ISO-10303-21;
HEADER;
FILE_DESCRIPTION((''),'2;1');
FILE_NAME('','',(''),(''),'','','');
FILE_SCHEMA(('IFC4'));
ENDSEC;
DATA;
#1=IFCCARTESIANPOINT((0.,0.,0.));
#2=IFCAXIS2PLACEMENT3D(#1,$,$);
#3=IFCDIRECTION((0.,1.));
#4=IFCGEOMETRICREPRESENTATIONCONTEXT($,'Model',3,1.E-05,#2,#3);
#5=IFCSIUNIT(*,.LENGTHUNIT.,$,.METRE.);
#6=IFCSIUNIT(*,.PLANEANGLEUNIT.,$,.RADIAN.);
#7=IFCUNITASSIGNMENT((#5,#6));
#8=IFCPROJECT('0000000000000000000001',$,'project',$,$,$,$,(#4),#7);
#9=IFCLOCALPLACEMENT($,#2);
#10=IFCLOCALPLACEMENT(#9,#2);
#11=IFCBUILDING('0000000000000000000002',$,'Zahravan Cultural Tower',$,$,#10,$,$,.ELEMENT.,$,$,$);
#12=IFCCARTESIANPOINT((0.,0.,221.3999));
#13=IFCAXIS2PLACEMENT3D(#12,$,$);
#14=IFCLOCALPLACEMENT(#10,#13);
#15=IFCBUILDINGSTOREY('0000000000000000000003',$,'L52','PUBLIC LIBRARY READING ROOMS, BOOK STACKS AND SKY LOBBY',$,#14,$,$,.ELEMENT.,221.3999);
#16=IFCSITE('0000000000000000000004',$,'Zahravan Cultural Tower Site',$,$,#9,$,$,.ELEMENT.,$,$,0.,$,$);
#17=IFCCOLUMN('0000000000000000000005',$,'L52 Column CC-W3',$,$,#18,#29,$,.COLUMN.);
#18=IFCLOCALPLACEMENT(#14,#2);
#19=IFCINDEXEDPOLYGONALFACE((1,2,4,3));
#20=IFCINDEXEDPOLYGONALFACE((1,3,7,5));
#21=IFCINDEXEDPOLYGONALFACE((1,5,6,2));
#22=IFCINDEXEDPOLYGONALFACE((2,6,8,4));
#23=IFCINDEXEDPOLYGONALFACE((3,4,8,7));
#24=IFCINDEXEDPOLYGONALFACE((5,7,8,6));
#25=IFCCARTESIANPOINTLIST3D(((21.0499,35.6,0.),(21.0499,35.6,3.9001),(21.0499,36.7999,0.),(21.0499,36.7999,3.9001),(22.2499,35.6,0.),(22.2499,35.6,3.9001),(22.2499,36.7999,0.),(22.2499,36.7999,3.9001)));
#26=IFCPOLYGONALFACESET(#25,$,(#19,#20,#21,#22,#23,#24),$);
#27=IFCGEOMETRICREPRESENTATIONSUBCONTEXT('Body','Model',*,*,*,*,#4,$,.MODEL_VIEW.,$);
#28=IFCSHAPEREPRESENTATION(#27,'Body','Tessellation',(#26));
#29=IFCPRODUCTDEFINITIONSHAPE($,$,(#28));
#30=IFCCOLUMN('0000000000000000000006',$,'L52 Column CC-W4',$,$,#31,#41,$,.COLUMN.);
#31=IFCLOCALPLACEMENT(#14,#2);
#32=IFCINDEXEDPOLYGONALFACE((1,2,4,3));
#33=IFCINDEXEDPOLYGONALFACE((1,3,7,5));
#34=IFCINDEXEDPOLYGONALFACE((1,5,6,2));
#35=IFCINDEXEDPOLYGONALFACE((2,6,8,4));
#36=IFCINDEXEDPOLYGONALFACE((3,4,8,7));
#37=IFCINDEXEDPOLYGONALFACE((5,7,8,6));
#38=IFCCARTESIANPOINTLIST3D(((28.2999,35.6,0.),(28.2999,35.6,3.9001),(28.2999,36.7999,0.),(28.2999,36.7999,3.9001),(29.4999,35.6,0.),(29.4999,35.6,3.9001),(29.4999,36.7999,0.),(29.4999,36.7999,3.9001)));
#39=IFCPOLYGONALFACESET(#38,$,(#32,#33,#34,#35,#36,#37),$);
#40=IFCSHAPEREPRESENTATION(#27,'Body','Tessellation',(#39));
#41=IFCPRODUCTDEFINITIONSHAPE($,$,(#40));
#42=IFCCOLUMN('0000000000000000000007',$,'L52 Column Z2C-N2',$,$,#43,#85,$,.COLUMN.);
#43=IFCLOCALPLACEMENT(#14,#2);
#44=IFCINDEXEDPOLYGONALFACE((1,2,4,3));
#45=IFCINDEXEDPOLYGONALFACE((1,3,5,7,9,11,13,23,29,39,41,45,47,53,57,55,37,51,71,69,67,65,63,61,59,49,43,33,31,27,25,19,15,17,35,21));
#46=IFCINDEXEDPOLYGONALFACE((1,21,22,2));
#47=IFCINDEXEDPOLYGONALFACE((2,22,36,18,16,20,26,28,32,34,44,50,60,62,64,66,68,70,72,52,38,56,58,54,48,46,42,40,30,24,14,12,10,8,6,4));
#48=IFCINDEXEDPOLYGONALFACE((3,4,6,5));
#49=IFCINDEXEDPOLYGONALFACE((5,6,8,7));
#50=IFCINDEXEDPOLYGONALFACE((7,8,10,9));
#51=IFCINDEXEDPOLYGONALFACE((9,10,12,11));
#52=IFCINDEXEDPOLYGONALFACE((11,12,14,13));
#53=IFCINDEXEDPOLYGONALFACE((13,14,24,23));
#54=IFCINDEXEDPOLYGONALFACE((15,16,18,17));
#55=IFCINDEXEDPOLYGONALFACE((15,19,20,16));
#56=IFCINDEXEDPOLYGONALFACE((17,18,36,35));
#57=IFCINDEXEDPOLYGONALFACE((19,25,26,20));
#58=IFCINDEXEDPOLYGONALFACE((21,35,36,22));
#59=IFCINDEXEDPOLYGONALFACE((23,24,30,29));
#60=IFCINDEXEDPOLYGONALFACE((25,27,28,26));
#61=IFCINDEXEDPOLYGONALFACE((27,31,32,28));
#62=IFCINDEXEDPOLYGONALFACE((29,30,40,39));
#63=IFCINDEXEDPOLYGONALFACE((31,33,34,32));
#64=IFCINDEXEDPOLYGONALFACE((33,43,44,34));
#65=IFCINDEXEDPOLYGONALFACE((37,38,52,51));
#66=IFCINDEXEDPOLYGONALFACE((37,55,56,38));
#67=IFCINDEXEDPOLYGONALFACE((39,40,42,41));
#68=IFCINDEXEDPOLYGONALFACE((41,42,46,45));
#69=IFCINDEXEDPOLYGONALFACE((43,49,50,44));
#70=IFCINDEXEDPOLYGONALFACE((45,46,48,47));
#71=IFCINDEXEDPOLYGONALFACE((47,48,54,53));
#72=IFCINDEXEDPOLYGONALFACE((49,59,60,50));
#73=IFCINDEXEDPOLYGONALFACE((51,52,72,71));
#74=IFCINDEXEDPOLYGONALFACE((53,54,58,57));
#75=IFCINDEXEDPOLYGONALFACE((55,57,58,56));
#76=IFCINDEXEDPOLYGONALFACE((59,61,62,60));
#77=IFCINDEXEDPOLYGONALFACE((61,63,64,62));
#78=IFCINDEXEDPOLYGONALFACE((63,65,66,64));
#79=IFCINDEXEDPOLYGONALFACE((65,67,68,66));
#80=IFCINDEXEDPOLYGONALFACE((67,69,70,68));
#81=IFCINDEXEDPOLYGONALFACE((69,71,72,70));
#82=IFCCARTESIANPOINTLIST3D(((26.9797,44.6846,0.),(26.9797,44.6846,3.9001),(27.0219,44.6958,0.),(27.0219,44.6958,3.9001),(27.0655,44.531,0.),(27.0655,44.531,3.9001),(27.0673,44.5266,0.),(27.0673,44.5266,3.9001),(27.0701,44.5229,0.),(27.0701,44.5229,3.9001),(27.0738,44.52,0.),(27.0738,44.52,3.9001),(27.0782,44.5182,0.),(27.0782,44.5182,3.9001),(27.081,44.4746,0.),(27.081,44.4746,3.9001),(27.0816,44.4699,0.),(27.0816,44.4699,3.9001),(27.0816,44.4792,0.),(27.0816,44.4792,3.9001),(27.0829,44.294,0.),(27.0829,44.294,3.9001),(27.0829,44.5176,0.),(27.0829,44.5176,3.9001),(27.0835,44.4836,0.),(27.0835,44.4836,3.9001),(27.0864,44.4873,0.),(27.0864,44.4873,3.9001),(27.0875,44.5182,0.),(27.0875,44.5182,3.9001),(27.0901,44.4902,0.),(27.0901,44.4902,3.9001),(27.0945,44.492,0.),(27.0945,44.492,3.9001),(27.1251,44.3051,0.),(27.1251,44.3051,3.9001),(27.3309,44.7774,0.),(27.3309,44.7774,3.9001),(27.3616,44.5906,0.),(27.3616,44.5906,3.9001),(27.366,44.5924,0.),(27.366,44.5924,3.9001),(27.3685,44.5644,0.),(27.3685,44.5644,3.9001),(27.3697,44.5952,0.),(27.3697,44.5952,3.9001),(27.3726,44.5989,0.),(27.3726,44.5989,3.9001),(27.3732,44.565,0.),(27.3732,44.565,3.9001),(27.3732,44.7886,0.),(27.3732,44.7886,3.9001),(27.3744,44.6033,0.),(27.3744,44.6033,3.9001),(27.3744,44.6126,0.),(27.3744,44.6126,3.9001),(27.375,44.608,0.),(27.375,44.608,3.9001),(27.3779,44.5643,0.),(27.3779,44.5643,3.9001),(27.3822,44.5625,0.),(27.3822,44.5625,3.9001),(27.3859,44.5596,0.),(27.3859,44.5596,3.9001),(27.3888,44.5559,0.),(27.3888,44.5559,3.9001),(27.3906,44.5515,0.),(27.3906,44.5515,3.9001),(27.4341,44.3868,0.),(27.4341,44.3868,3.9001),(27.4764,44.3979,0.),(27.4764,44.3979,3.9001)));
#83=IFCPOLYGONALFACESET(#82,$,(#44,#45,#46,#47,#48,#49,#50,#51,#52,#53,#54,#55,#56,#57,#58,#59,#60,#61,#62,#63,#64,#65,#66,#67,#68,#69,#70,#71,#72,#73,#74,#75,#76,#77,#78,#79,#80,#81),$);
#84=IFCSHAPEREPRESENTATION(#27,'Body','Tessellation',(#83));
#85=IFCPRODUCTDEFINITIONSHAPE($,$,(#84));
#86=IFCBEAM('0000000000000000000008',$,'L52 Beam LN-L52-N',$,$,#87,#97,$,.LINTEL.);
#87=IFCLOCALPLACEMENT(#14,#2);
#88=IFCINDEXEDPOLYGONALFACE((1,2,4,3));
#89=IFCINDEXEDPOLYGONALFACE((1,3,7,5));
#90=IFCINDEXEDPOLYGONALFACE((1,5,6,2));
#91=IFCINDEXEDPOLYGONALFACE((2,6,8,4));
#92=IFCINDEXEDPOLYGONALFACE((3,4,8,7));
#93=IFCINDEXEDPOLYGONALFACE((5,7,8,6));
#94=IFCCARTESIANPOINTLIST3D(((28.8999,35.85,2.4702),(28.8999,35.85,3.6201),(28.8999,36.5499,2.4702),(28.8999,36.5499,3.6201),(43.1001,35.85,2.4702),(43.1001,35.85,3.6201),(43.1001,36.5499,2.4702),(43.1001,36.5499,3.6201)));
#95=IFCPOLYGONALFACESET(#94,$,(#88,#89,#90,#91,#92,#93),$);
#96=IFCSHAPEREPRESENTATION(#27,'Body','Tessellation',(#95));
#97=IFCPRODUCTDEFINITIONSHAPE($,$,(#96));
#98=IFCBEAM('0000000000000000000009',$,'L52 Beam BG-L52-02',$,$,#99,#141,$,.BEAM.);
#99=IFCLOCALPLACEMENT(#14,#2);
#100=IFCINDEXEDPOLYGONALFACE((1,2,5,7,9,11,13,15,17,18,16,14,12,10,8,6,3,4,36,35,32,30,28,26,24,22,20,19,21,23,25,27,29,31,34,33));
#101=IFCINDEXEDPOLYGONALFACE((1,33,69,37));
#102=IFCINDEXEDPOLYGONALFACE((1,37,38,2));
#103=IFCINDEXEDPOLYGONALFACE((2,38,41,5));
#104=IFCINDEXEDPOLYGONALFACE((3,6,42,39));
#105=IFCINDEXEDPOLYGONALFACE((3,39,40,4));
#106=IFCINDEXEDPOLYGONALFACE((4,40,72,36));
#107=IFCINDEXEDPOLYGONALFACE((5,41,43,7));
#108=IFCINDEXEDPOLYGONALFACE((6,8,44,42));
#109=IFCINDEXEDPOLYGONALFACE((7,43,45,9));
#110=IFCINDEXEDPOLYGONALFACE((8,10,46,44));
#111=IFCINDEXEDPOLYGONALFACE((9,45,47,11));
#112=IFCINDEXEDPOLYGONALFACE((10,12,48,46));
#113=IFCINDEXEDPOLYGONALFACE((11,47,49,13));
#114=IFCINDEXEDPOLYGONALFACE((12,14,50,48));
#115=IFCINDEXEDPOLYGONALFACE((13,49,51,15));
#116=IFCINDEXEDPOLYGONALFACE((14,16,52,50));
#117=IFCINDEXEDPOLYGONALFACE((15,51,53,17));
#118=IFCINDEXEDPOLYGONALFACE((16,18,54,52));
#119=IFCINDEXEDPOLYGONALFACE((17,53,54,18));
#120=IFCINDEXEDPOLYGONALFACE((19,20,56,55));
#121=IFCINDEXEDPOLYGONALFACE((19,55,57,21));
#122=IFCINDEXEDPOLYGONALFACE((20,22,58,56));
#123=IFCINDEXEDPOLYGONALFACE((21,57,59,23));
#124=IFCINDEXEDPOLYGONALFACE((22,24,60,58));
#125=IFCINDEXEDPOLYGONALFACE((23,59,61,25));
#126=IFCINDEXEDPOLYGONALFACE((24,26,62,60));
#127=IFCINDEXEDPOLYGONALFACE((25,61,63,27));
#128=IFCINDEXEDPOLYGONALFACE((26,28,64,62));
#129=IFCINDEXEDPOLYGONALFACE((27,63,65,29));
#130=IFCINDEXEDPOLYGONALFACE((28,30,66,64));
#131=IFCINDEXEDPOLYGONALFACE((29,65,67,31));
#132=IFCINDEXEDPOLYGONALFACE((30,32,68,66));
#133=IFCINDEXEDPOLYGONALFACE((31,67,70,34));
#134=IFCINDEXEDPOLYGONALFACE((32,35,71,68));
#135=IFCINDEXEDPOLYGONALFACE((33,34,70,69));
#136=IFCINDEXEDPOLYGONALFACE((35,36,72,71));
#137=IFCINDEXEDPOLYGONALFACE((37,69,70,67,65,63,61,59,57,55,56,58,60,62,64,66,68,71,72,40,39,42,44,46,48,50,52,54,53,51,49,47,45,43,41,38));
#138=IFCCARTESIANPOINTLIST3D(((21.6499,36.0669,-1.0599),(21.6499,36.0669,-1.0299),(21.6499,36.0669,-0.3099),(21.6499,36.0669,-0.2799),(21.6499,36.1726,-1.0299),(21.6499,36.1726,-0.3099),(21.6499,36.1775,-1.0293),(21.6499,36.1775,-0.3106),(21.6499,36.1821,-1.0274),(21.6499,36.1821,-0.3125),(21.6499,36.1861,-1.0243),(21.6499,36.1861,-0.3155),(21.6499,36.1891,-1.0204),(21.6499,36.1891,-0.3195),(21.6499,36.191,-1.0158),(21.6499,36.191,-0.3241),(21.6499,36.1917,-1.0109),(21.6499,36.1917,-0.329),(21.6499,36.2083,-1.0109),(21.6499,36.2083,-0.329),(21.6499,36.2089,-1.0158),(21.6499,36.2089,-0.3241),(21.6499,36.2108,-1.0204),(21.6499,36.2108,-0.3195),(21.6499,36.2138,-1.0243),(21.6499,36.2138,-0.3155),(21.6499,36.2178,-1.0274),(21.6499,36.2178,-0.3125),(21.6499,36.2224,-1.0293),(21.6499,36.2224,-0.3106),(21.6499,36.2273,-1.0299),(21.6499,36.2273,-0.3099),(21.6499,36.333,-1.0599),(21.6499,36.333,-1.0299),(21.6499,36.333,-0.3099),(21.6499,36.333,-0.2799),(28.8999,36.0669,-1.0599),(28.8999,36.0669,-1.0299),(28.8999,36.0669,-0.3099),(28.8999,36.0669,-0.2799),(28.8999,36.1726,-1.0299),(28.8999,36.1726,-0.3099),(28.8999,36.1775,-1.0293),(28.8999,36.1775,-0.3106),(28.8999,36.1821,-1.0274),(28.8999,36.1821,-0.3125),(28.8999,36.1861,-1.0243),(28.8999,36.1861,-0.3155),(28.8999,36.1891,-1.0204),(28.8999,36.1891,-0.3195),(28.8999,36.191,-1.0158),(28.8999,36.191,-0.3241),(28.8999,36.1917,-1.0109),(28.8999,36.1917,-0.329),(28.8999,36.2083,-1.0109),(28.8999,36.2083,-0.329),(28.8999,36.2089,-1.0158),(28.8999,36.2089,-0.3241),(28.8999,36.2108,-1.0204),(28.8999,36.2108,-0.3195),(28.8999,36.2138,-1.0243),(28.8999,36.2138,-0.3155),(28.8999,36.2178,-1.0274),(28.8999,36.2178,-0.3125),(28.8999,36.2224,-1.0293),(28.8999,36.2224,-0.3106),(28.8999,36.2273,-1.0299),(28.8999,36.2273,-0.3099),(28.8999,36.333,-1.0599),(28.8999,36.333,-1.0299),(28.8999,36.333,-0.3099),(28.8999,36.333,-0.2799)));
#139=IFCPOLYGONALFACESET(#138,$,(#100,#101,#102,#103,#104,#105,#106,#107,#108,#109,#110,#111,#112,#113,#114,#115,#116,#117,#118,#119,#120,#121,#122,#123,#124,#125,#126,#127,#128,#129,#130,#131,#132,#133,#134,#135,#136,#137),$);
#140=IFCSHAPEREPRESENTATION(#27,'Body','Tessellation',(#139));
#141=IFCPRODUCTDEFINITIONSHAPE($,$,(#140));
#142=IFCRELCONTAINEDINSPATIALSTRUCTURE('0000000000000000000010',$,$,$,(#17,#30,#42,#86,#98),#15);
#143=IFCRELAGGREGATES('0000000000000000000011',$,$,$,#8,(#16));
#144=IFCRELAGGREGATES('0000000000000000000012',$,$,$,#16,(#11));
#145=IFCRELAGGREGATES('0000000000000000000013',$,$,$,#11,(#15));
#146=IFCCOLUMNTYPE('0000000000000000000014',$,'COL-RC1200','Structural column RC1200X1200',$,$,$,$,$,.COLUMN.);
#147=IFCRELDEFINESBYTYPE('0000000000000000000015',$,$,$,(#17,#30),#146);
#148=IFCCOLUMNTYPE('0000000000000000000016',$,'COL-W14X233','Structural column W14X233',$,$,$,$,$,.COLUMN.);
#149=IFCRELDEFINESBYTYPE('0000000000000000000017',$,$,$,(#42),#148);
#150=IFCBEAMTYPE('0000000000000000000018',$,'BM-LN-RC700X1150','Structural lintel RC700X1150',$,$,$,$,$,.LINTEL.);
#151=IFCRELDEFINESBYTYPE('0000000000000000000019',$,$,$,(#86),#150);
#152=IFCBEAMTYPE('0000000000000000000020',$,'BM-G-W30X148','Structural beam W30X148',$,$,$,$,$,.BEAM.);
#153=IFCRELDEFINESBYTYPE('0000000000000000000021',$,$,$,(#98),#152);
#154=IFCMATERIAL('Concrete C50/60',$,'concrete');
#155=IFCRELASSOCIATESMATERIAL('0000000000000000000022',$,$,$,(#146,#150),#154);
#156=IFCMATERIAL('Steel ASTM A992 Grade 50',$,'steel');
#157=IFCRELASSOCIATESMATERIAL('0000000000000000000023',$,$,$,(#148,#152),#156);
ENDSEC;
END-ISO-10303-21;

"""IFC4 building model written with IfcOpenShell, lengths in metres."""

from ifc_helpers import new_model, si_unit, direction, frame, origin, origin_2d, place, context, subcontext, project, spatial, rectangle, i_section, extrude, source, transform, mapped, material, material_profile, profile_set, type_object, element, save


model = new_model("IFC4")

# Units and contexts
model_context = context("Model", 3, precision=1e-05, world=origin(), true_north=direction((0.0, 1.0)))
body_context = subcontext(model_context, "Body", "Model", "MODEL_VIEW")
ifc_project = project(units=[si_unit("LENGTHUNIT", "METRE"), si_unit("PLANEANGLEUNIT", "RADIAN")], contexts=[model_context])

# Site, building, storey
site_placement = place(None, origin())
site = spatial("IfcSite", under=ifc_project, at=site_placement, Name="Zahravan Cultural Tower Site", CompositionType="ELEMENT", RefElevation=0.0)
building_placement = place(site_placement, origin())
building = spatial("IfcBuilding", under=site, at=building_placement, Name="Zahravan Cultural Tower", CompositionType="ELEMENT")
storey_placement = place(building_placement, frame((0.0, 0.0, 221.3999)))
storey = spatial("IfcBuildingStorey", under=building, at=storey_placement, Name="L52", Description="PUBLIC LIBRARY READING ROOMS, BOOK STACKS AND SKY LOBBY", CompositionType="ELEMENT", Elevation=221.3999)

# Columns
ifc_material_1 = material(Name="Concrete C50/60", Category="concrete")
ifc_material_profile_1 = material_profile(ifc_material_1, rectangle(XDim=1.2, YDim=1.2, at=origin_2d()), Name="RC1200X1200")
ifc_profile_set_1 = profile_set([ifc_material_profile_1], Name="Concrete C50/60")
column_type_1 = type_object("IfcColumnType", Name="COL-RC1200", Description="Structural column RC1200X1200", PredefinedType="COLUMN", material=ifc_profile_set_1)
shared_shape_1 = source(origin(), body_context, "Body", "SweptSolid", [
    extrude(rectangle(XDim=1.2, YDim=1.2, at=origin_2d()), origin(), (0.0, 0.0, 1.0), 3.9001),
])
for number, where, z_axis, x_axis, name in (
    (1, (21.6499, 36.2, 0.0), (0.0, 0.0, 1.0), (1.0, 0.0, 0.0), "L52 Column CC-W3"),
    (2, (28.8999, 36.2, 0.0), (0.0, 0.0, 1.0), (1.0, 0.0, 0.0), "L52 Column CC-W4"),
):
    element("IfcColumn", number, at=place(storey_placement, frame(where, z_axis=z_axis, x_axis=x_axis)), inside=storey, type_object=column_type_1, Name=name, PredefinedType="COLUMN", context=body_context, shape_type="MappedRepresentation", body=[
        mapped(shared_shape_1, transform((0.0, 0.0, 0.0), x_axis=(1.0, 0.0, 0.0), y_axis=(0.0, 1.0, 0.0), z_axis=(0.0, 0.0, 1.0), scale=1.0)),
    ])
ifc_material_2 = material(Name="Steel ASTM A992 Grade 50", Category="steel")
ifc_material_profile_2 = material_profile(ifc_material_2, i_section(OverallWidth=0.4041, OverallDepth=0.407, WebThickness=0.0271, FlangeThickness=0.0437, FilletRadius=0.0181, at=origin_2d()), Name="W14X233")
ifc_profile_set_2 = profile_set([ifc_material_profile_2], Name="Steel ASTM A992 Grade 50")
column_type_2 = type_object("IfcColumnType", Name="COL-W14X233", Description="Structural column W14X233", PredefinedType="COLUMN", material=ifc_profile_set_2)
shared_shape_2 = source(origin(), body_context, "Body", "SweptSolid", [
    extrude(i_section(OverallWidth=0.4041, OverallDepth=0.407, WebThickness=0.0271, FlangeThickness=0.0437, FilletRadius=0.0181, at=origin_2d()), origin(), (0.0, 0.0, 1.0), 3.9001),
])
column_placement = place(storey_placement, frame((27.228, 44.5413, 0.0), z_axis=(0.0, 0.0, 1.0), x_axis=(-0.255446, 0.966823, 0.0)))
element("IfcColumn", 3, at=column_placement, inside=storey, type_object=column_type_2, Name="L52 Column Z2C-N2", PredefinedType="COLUMN", context=body_context, shape_type="MappedRepresentation", body=[
    mapped(shared_shape_2, transform((0.0, 0.0, 0.0), x_axis=(1.0, 0.0, 0.0), y_axis=(0.0, 1.0, 0.0), z_axis=(0.0, 0.0, 1.0), scale=1.0)),
])

# Beams
ifc_material_profile_3 = material_profile(ifc_material_1, rectangle(XDim=0.7, YDim=1.1499, at=origin_2d()), Name="RC700X1150")
ifc_profile_set_3 = profile_set([ifc_material_profile_3], Name="Concrete C50/60")
beam_type_1 = type_object("IfcBeamType", Name="BM-LN-RC700X1150", Description="Structural lintel RC700X1150", PredefinedType="LINTEL", material=ifc_profile_set_3)
shared_shape_3 = source(origin(), body_context, "Body", "SweptSolid", [
    extrude(rectangle(XDim=0.7, YDim=1.1499, at=origin_2d()), origin(), (0.0, 0.0, 1.0), 14.2002),
])
beam_1_placement = place(storey_placement, frame((28.8999, 36.2, 3.0452), z_axis=(1.0, 0.0, 0.0), x_axis=(0.0, 1.0, 0.0)))
element("IfcBeam", 4, at=beam_1_placement, inside=storey, type_object=beam_type_1, Name="L52 Beam LN-L52-N", PredefinedType="LINTEL", context=body_context, shape_type="MappedRepresentation", body=[
    mapped(shared_shape_3, transform((0.0, 0.0, 0.0), x_axis=(1.0, 0.0, 0.0), y_axis=(0.0, 1.0, 0.0), z_axis=(0.0, 0.0, 1.0), scale=1.0)),
])
ifc_material_profile_4 = material_profile(ifc_material_2, i_section(OverallWidth=0.2661, OverallDepth=0.78, WebThickness=0.0166, FlangeThickness=0.03, FilletRadius=0.019, at=origin_2d()), Name="W30X148")
ifc_profile_set_4 = profile_set([ifc_material_profile_4], Name="Steel ASTM A992 Grade 50")
beam_type_2 = type_object("IfcBeamType", Name="BM-G-W30X148", Description="Structural beam W30X148", PredefinedType="BEAM", material=ifc_profile_set_4)
shared_shape_4 = source(origin(), body_context, "Body", "SweptSolid", [
    extrude(i_section(OverallWidth=0.2661, OverallDepth=0.78, WebThickness=0.0166, FlangeThickness=0.03, FilletRadius=0.019, at=origin_2d()), origin(), (0.0, 0.0, 1.0), 7.25),
])
beam_2_placement = place(storey_placement, frame((21.6499, 36.2, -0.6699), z_axis=(1.0, 0.0, 0.0), x_axis=(0.0, 1.0, 0.0)))
element("IfcBeam", 5, at=beam_2_placement, inside=storey, type_object=beam_type_2, Name="L52 Beam BG-L52-02", PredefinedType="BEAM", context=body_context, shape_type="MappedRepresentation", body=[
    mapped(shared_shape_4, transform((0.0, 0.0, 0.0), x_axis=(1.0, 0.0, 0.0), y_axis=(0.0, 1.0, 0.0), z_axis=(0.0, 0.0, 1.0), scale=1.0)),
])

save(model, "model.ifc")
